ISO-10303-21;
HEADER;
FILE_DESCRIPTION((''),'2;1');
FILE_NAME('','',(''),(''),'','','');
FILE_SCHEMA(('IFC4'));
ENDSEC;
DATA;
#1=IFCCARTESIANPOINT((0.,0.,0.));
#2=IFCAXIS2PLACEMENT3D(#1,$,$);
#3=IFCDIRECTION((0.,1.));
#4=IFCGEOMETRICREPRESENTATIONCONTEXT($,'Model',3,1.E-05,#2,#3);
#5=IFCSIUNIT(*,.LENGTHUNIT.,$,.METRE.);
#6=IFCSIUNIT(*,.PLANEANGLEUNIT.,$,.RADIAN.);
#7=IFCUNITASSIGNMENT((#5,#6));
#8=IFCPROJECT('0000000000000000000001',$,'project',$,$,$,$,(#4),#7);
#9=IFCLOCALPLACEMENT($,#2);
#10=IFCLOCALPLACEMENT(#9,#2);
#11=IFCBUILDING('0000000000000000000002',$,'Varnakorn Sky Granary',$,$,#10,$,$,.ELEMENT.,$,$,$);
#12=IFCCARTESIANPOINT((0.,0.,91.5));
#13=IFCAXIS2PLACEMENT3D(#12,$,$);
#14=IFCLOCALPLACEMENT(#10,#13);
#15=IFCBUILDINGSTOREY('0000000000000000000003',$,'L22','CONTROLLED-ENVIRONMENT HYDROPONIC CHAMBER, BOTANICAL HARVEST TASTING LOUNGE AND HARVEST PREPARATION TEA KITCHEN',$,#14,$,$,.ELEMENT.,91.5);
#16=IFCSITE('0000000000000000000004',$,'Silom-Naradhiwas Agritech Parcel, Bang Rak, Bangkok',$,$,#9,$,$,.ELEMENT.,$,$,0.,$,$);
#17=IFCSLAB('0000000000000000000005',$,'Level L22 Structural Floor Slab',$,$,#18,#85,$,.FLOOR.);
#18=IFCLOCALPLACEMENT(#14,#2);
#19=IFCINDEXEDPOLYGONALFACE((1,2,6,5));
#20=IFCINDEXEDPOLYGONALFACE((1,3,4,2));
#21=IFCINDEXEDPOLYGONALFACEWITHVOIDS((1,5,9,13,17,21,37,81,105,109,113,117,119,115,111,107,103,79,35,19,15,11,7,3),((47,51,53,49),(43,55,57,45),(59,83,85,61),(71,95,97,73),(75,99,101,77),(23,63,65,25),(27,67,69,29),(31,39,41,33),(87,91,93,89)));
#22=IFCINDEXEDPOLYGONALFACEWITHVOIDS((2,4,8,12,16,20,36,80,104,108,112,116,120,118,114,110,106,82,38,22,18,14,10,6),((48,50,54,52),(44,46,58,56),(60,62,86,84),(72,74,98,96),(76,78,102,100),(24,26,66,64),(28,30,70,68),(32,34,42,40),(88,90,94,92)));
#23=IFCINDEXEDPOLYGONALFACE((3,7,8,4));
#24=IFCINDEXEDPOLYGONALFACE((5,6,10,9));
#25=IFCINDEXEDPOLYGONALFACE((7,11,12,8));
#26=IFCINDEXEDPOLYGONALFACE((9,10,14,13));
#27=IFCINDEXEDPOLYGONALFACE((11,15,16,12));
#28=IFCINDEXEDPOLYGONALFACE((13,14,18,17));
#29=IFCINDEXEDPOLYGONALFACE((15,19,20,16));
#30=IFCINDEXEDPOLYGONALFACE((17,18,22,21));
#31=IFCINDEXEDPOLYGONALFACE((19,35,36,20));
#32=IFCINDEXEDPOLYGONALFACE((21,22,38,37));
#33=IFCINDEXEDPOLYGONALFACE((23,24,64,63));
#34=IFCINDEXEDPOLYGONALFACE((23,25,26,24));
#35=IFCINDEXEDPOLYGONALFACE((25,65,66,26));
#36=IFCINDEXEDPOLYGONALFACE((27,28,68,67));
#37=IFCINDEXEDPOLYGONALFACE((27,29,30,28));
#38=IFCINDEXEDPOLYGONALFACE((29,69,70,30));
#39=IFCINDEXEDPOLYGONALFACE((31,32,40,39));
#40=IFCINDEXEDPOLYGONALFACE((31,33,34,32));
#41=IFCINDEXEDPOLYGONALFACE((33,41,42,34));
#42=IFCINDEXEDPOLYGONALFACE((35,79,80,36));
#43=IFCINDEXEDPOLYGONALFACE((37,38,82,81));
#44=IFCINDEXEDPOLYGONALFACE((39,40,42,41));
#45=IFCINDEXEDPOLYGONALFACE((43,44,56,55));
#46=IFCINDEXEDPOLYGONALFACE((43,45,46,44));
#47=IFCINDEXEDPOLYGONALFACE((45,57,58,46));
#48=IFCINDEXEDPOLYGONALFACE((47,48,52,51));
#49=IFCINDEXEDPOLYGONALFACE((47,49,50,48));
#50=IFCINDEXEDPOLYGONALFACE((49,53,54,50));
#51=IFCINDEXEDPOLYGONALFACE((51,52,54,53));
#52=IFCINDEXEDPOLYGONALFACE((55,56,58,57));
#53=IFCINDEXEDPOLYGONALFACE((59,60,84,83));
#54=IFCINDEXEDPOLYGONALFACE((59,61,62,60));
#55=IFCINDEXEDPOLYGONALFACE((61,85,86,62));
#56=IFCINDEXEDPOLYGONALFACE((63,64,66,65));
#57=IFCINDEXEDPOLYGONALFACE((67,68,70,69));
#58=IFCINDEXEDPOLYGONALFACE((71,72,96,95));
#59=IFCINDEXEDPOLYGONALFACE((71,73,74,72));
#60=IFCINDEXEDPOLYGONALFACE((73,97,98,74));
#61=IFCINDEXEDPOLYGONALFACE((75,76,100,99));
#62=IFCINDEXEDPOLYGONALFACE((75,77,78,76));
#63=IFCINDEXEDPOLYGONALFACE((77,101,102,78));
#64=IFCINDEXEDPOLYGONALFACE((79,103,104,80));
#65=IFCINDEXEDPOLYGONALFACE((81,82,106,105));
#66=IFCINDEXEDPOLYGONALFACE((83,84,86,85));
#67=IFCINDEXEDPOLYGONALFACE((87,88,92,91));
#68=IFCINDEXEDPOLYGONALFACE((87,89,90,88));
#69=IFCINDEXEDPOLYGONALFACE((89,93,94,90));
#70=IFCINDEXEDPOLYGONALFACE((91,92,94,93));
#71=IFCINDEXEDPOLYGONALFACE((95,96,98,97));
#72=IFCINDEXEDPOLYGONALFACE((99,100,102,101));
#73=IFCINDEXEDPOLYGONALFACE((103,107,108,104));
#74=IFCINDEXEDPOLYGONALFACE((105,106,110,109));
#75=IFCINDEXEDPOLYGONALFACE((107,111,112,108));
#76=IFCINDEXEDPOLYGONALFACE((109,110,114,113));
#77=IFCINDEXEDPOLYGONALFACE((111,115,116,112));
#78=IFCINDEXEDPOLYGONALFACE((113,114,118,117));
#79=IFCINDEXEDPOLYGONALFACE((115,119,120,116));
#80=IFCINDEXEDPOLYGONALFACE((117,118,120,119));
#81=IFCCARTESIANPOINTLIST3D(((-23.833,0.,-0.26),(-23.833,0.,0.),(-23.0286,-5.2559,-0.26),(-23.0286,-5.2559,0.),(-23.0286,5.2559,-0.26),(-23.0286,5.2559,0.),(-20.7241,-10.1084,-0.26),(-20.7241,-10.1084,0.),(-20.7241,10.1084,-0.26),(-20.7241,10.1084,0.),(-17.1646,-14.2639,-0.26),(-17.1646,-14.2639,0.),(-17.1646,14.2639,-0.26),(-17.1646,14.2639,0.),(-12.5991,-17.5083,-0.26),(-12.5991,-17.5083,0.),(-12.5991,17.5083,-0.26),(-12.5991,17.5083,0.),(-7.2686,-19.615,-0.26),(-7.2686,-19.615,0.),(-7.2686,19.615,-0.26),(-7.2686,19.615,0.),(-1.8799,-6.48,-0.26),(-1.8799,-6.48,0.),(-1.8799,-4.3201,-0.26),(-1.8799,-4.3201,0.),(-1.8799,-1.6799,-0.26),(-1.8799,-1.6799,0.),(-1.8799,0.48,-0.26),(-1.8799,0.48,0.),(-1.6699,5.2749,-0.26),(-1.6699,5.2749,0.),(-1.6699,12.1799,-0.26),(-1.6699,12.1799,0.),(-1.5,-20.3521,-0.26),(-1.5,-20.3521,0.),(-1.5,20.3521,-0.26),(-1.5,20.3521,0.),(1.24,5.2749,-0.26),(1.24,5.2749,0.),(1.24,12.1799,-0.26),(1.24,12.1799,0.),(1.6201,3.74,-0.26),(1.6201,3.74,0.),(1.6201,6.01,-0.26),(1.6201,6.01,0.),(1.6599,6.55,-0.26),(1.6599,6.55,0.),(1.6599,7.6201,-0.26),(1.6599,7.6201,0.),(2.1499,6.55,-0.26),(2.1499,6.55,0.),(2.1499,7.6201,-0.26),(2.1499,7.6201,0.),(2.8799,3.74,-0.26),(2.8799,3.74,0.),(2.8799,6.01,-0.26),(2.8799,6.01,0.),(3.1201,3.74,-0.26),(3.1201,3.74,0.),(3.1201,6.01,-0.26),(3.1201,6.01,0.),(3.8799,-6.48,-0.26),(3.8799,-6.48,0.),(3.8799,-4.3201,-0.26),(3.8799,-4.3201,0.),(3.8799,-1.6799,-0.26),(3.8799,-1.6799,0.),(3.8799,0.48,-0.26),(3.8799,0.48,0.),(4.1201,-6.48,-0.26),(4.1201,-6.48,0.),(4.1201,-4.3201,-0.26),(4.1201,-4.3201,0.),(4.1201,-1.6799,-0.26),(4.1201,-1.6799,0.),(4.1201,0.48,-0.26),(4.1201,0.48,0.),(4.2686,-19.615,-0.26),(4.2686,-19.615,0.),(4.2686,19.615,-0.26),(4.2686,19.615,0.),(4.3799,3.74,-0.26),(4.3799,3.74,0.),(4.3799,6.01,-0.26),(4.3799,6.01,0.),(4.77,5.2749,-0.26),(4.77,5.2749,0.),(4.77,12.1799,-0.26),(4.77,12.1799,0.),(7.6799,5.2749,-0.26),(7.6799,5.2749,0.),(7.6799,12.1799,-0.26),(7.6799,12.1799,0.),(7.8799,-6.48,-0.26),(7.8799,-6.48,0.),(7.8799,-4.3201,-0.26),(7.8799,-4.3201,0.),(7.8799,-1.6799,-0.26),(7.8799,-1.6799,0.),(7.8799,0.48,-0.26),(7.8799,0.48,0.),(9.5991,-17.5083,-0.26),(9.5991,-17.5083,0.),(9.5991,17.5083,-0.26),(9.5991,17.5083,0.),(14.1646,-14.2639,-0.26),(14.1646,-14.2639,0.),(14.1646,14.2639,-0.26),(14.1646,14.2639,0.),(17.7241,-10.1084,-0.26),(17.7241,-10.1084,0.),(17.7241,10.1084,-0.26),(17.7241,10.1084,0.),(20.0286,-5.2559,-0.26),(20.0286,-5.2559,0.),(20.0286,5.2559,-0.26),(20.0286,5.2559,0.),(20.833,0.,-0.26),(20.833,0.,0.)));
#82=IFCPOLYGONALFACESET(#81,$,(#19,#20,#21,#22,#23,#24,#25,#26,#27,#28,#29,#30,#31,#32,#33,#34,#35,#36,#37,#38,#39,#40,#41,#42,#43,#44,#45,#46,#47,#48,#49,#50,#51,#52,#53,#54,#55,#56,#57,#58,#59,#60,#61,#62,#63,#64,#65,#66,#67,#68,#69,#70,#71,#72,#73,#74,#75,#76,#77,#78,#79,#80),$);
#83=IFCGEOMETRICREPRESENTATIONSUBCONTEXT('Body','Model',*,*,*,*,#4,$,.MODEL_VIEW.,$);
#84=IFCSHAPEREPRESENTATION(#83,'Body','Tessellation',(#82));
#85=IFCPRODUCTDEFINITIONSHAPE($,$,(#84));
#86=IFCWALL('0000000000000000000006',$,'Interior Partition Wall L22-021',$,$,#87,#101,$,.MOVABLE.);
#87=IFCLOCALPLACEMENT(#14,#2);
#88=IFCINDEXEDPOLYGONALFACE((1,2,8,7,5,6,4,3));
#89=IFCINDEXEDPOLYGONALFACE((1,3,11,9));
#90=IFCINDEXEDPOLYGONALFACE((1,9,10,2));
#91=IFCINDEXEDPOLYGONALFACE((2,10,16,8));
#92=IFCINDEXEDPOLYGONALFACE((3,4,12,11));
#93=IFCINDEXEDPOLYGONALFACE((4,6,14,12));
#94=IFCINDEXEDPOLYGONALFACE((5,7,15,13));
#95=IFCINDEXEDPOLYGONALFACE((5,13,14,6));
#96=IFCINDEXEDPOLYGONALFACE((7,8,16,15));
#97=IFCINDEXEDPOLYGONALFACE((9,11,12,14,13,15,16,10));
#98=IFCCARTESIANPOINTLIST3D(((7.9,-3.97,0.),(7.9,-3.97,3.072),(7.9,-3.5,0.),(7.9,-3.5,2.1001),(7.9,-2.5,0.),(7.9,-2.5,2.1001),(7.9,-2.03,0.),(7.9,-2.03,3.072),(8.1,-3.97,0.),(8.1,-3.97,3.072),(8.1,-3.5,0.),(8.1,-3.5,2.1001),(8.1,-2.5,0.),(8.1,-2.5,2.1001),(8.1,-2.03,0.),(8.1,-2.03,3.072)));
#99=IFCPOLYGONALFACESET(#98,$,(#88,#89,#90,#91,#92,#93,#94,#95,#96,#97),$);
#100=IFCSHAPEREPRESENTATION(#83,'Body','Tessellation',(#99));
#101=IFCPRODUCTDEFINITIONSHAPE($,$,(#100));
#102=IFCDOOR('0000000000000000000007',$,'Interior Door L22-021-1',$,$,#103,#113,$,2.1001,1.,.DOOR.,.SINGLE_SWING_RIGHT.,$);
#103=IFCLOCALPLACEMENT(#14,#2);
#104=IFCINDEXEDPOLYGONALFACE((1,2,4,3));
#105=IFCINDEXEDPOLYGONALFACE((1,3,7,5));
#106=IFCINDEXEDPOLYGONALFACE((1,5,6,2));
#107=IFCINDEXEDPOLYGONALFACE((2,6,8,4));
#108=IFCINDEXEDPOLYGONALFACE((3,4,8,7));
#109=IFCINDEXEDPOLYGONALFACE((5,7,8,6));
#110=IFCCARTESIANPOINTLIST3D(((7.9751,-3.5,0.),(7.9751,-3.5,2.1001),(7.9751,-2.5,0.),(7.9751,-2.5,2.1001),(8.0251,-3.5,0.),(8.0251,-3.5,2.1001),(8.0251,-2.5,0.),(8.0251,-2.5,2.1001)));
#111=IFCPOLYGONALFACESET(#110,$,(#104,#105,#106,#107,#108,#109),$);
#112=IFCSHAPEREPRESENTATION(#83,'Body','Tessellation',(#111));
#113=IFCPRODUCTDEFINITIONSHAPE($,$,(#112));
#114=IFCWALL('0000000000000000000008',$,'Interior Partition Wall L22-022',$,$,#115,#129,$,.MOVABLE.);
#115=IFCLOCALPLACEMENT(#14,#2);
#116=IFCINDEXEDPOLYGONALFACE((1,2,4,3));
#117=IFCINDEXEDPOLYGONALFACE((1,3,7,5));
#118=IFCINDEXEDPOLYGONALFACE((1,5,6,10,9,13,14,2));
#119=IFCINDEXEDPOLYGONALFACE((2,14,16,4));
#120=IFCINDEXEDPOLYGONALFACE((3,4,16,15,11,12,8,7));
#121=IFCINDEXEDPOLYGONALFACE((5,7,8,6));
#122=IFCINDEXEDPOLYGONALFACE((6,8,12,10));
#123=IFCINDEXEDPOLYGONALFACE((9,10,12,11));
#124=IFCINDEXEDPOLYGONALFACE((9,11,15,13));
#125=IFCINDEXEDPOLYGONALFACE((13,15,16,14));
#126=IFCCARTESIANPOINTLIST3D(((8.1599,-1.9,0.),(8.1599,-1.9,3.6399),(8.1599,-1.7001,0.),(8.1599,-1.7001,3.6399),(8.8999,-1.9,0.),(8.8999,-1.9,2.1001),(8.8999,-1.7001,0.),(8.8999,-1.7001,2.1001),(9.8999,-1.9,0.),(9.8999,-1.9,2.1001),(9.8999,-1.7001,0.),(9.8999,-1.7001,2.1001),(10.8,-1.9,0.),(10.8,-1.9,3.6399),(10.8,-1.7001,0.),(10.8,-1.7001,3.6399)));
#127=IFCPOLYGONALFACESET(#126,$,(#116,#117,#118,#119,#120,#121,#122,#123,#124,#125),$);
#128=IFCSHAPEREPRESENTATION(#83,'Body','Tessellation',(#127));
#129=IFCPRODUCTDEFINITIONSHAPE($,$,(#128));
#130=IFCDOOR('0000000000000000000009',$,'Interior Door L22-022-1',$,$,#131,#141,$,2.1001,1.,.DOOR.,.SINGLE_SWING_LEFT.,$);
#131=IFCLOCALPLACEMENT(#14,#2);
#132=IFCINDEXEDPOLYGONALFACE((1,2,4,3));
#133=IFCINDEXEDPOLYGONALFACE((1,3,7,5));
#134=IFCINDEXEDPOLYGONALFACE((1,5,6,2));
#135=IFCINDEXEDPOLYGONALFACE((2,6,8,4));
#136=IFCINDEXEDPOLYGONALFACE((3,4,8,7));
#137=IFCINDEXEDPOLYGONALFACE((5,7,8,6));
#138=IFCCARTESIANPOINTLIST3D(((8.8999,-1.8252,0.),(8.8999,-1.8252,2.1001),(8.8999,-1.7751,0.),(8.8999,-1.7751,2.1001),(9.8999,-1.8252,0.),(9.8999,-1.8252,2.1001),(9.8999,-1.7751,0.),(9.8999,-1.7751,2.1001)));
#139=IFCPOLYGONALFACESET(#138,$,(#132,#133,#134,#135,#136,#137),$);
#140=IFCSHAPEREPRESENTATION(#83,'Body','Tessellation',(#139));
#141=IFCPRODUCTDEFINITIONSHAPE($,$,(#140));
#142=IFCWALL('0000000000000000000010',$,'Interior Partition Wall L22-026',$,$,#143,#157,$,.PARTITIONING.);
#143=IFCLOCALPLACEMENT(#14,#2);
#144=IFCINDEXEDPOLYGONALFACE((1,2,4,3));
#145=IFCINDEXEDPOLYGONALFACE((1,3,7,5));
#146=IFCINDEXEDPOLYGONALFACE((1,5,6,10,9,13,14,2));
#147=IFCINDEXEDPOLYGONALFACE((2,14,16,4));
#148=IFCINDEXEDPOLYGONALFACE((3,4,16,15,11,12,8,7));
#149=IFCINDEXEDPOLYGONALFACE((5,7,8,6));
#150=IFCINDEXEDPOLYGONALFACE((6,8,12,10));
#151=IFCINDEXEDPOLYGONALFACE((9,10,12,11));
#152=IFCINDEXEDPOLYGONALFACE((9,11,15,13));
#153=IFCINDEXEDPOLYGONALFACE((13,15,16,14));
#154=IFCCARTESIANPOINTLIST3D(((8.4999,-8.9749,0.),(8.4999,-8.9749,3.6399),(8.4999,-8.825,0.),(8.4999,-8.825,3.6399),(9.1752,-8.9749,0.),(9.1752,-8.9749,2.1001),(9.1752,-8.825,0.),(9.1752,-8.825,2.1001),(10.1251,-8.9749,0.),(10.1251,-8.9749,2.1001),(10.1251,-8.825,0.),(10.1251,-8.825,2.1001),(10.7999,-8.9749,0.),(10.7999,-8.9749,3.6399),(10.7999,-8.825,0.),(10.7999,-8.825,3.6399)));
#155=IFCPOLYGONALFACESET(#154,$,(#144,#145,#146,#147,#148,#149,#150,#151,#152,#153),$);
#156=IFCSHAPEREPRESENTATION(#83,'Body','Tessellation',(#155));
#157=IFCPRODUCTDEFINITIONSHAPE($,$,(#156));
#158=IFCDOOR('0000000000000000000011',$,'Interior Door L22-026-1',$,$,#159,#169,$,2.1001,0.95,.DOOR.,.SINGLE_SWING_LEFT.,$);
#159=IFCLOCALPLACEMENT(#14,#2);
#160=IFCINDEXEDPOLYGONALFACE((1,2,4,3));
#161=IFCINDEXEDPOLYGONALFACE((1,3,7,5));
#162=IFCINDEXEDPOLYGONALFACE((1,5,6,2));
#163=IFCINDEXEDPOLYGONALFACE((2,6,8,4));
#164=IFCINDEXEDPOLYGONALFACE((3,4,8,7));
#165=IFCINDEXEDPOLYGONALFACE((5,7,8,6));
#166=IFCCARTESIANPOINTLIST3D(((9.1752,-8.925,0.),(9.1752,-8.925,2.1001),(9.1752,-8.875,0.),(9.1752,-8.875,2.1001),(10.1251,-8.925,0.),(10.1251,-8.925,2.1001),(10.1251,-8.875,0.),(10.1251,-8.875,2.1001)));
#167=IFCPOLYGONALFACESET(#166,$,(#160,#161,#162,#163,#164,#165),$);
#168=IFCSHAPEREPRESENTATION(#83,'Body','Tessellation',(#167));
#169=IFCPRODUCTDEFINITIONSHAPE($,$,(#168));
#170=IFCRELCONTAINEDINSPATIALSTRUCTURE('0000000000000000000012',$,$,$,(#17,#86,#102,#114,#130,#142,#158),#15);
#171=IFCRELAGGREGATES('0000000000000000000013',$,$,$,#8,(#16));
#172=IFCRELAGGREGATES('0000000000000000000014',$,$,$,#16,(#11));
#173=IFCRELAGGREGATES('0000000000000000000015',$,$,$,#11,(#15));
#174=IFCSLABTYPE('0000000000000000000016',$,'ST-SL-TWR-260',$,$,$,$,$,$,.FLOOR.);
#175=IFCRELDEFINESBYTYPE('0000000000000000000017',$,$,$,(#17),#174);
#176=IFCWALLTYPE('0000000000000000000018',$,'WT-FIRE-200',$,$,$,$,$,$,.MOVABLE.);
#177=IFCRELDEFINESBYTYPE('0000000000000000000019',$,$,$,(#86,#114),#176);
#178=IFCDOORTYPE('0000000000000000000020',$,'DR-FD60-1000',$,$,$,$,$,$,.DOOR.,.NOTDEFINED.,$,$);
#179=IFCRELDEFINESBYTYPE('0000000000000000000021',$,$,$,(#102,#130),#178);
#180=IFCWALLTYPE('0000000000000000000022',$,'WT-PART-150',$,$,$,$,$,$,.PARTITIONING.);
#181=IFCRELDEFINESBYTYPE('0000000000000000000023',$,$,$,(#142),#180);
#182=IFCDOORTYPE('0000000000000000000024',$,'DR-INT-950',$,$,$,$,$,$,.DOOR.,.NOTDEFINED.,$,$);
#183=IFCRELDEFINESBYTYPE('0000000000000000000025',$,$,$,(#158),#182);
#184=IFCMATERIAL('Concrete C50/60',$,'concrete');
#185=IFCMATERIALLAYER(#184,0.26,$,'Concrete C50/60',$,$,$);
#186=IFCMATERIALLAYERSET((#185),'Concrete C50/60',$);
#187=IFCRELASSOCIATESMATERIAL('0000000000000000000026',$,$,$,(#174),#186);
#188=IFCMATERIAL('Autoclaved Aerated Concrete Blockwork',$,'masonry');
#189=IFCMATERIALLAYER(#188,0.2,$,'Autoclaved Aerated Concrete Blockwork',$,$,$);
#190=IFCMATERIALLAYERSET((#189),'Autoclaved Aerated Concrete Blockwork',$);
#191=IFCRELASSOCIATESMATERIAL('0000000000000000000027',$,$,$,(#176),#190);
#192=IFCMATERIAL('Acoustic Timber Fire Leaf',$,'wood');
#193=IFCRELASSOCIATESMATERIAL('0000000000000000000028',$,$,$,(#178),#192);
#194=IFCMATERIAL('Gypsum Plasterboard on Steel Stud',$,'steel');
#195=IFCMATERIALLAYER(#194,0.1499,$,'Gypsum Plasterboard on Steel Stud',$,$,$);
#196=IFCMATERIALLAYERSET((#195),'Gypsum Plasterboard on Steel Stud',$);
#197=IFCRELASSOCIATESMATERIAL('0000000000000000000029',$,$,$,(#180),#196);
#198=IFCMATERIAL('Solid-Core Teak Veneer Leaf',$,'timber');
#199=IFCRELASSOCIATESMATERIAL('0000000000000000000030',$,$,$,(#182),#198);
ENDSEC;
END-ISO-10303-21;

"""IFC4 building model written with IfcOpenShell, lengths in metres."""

from ifc_helpers import new_model, si_unit, direction, frame, frame_2d, origin, place, context, subcontext, project, spatial, polyline, rectangle, outline, extrude, material, layer, layer_set, type_object, element, fill, save


model = new_model("IFC4")

# Units and contexts
model_context = context("Model", 3, precision=1e-05, world=origin(), true_north=direction((0.0, 1.0)))
body_context = subcontext(model_context, "Body", "Model", "MODEL_VIEW")
ifc_project = project(units=[si_unit("LENGTHUNIT", "METRE"), si_unit("PLANEANGLEUNIT", "RADIAN")], contexts=[model_context])

# Site, building, storey
site_placement = place(None, origin())
site = spatial("IfcSite", under=ifc_project, at=site_placement, Name="Silom-Naradhiwas Agritech Parcel, Bang Rak, Bangkok", CompositionType="ELEMENT", RefElevation=0.0)
building_placement = place(site_placement, origin())
building = spatial("IfcBuilding", under=site, at=building_placement, Name="Varnakorn Sky Granary", CompositionType="ELEMENT")
storey_placement = place(building_placement, frame((0.0, 0.0, 91.5)))
storey = spatial("IfcBuildingStorey", under=building, at=storey_placement, Name="L22", Description="CONTROLLED-ENVIRONMENT HYDROPONIC CHAMBER, BOTANICAL HARVEST TASTING LOUNGE AND HARVEST PREPARATION TEA KITCHEN", CompositionType="ELEMENT", Elevation=91.5)

# Slab
ifc_material_1 = material(Name="Concrete C50/60", Category="concrete")
ifc_layer_1 = layer(ifc_material_1, 0.26, Name="Concrete C50/60")
ifc_layer_set_1 = layer_set([ifc_layer_1], Name="Concrete C50/60")
slab_type_1 = type_object("IfcSlabType", Name="ST-SL-TWR-260", PredefinedType="FLOOR", material=ifc_layer_set_1)
slab_1_placement = place(storey_placement, frame((0.0, 0.0, -0.26)))
element("IfcSlab", 1, at=slab_1_placement, inside=storey, type_object=slab_type_1, Name="Level L22 Structural Floor Slab", PredefinedType="FLOOR", context=body_context, shape_type="SweptSolid", body=[
    extrude(outline(polyline([(20.833, 0.0), (20.0286, 5.2559), (17.7241, 10.1084), (14.1646, 14.2639), (9.5991, 17.5083), (4.2686, 19.615), (-1.5, 20.3521), (-7.2686, 19.615), (-12.5991, 17.5083), (-17.1646, 14.2639), (-20.7241, 10.1084), (-23.0286, 5.2559), (-23.833, 0.0), (-23.0286, -5.2559), (-20.7241, -10.1084), (-17.1646, -14.2639), (-12.5991, -17.5083), (-7.2686, -19.615), (-1.5, -20.3521), (4.2686, -19.615), (9.5991, -17.5083), (14.1646, -14.2639), (17.7241, -10.1084), (20.0286, -5.2559), (20.833, 0.0)]), holes=[polyline([(1.24, 5.2749), (1.24, 12.1799), (-1.6699, 12.1799), (-1.6699, 5.2749), (1.24, 5.2749)]), polyline([(7.6799, 5.2749), (7.6799, 12.1799), (4.77, 12.1799), (4.77, 5.2749), (7.6799, 5.2749)]), polyline([(1.6599, 6.55), (2.1499, 6.55), (2.1499, 7.6201), (1.6599, 7.6201), (1.6599, 6.55)]), polyline([(1.6201, 3.74), (2.8799, 3.74), (2.8799, 6.01), (1.6201, 6.01), (1.6201, 3.74)]), polyline([(3.1201, 3.74), (4.3799, 3.74), (4.3799, 6.01), (3.1201, 6.01), (3.1201, 3.74)]), polyline([(-1.8799, -1.6799), (3.8799, -1.6799), (3.8799, 0.48), (-1.8799, 0.48), (-1.8799, -1.6799)]), polyline([(4.1201, -1.6799), (7.8799, -1.6799), (7.8799, 0.48), (4.1201, 0.48), (4.1201, -1.6799)]), polyline([(-1.8799, -6.48), (3.8799, -6.48), (3.8799, -4.3201), (-1.8799, -4.3201), (-1.8799, -6.48)]), polyline([(4.1201, -6.48), (7.8799, -6.48), (7.8799, -4.3201), (4.1201, -4.3201), (4.1201, -6.48)])]), origin(), (0.0, 0.0, 1.0), 0.26),
])

# Walls, openings, doors
ifc_material_2 = material(Name="Autoclaved Aerated Concrete Blockwork", Category="masonry")
ifc_layer_2 = layer(ifc_material_2, 0.2, Name="Autoclaved Aerated Concrete Blockwork")
ifc_layer_set_2 = layer_set([ifc_layer_2], Name="Autoclaved Aerated Concrete Blockwork")
wall_type_1 = type_object("IfcWallType", Name="WT-FIRE-200", PredefinedType="MOVABLE", material=ifc_layer_set_2)
wall_1_placement = place(storey_placement, frame((8.0, -3.97, 0.0), z_axis=(0.0, 0.0, 1.0), x_axis=(0.0, 1.0, 0.0)))
wall_1 = element("IfcWall", 2, at=wall_1_placement, inside=storey, type_object=wall_type_1, Name="Interior Partition Wall L22-021", PredefinedType="MOVABLE", context=body_context, shape_type="SweptSolid", body=[
    extrude(rectangle(XDim=1.9399, YDim=0.2, at=frame_2d((0.97, 0.0))), origin(), (0.0, 0.0, 1.0), 3.072),
])
opening_1_placement = place(wall_1_placement, frame((0.47, 0.0, 0.0)))
opening_1 = element("IfcOpeningElement", 3, at=opening_1_placement, cuts=wall_1, PredefinedType="OPENING", context=body_context, shape_type="SweptSolid", body=[
    extrude(rectangle(XDim=1.0, YDim=2.1001, at=frame_2d((0.5, 1.05))), frame((0.0, 0.1099, 0.0), z_axis=(0.0, -1.0, 0.0), x_axis=(1.0, 0.0, 0.0)), (0.0, 0.0, 1.0), 0.22),
])
ifc_material_3 = material(Name="Acoustic Timber Fire Leaf", Category="wood")
door_type_1 = type_object("IfcDoorType", Name="DR-FD60-1000", OperationType="NOTDEFINED", PredefinedType="DOOR", material=ifc_material_3)
door_1_placement = place(opening_1_placement, origin())
door_1 = element("IfcDoor", 4, at=door_1_placement, inside=storey, type_object=door_type_1, Name="Interior Door L22-021-1", OperationType="SINGLE_SWING_RIGHT", OverallHeight=2.1001, OverallWidth=1.0, PredefinedType="DOOR", context=body_context, shape_type="SweptSolid", body=[
    extrude(rectangle(XDim=1.0, YDim=2.1001, at=frame_2d((0.5, 1.05))), frame((0.0, 0.0249, 0.0), z_axis=(0.0, -1.0, 0.0), x_axis=(1.0, 0.0, 0.0)), (0.0, 0.0, 1.0), 0.05),
])
fill(opening_1, door_1)
wall_2_placement = place(storey_placement, frame((8.1599, -1.8, 0.0), z_axis=(0.0, 0.0, 1.0), x_axis=(1.0, 0.0, 0.0)))
wall_2 = element("IfcWall", 5, at=wall_2_placement, inside=storey, type_object=wall_type_1, Name="Interior Partition Wall L22-022", PredefinedType="MOVABLE", context=body_context, shape_type="SweptSolid", body=[
    extrude(rectangle(XDim=2.6401, YDim=0.2, at=frame_2d((1.3201, 0.0))), origin(), (0.0, 0.0, 1.0), 3.6399),
])
opening_2_placement = place(wall_2_placement, frame((0.74, 0.0, 0.0)))
opening_2 = element("IfcOpeningElement", 6, at=opening_2_placement, cuts=wall_2, PredefinedType="OPENING", context=body_context, shape_type="SweptSolid", body=[
    extrude(rectangle(XDim=1.0, YDim=2.1001, at=frame_2d((0.5, 1.05))), frame((0.0, 0.1099, 0.0), z_axis=(0.0, -1.0, 0.0), x_axis=(1.0, 0.0, 0.0)), (0.0, 0.0, 1.0), 0.22),
])
door_2_placement = place(opening_2_placement, origin())
door_2 = element("IfcDoor", 7, at=door_2_placement, inside=storey, type_object=door_type_1, Name="Interior Door L22-022-1", OperationType="SINGLE_SWING_LEFT", OverallHeight=2.1001, OverallWidth=1.0, PredefinedType="DOOR", context=body_context, shape_type="SweptSolid", body=[
    extrude(rectangle(XDim=1.0, YDim=2.1001, at=frame_2d((0.5, 1.05))), frame((0.0, 0.0249, 0.0), z_axis=(0.0, -1.0, 0.0), x_axis=(1.0, 0.0, 0.0)), (0.0, 0.0, 1.0), 0.05),
])
fill(opening_2, door_2)
ifc_material_4 = material(Name="Gypsum Plasterboard on Steel Stud", Category="steel")
ifc_layer_3 = layer(ifc_material_4, 0.1499, Name="Gypsum Plasterboard on Steel Stud")
ifc_layer_set_3 = layer_set([ifc_layer_3], Name="Gypsum Plasterboard on Steel Stud")
wall_type_2 = type_object("IfcWallType", Name="WT-PART-150", PredefinedType="PARTITIONING", material=ifc_layer_set_3)
wall_3_placement = place(storey_placement, frame((8.5, -8.8999, 0.0), z_axis=(0.0, 0.0, 1.0), x_axis=(1.0, 0.0, 0.0)))
wall_3 = element("IfcWall", 8, at=wall_3_placement, inside=storey, type_object=wall_type_2, Name="Interior Partition Wall L22-026", PredefinedType="PARTITIONING", context=body_context, shape_type="SweptSolid", body=[
    extrude(rectangle(XDim=2.3, YDim=0.1499, at=frame_2d((1.1499, 0.0))), origin(), (0.0, 0.0, 1.0), 3.6399),
])
opening_3_placement = place(wall_3_placement, frame((0.675, 0.0, 0.0)))
opening_3 = element("IfcOpeningElement", 9, at=opening_3_placement, cuts=wall_3, PredefinedType="OPENING", context=body_context, shape_type="SweptSolid", body=[
    extrude(rectangle(XDim=0.95, YDim=2.1001, at=frame_2d((0.4751, 1.05))), frame((0.0, 0.085, 0.0), z_axis=(0.0, -1.0, 0.0), x_axis=(1.0, 0.0, 0.0)), (0.0, 0.0, 1.0), 0.1699),
])
ifc_material_5 = material(Name="Solid-Core Teak Veneer Leaf", Category="timber")
door_type_2 = type_object("IfcDoorType", Name="DR-INT-950", OperationType="NOTDEFINED", PredefinedType="DOOR", material=ifc_material_5)
door_3_placement = place(opening_3_placement, origin())
door_3 = element("IfcDoor", 10, at=door_3_placement, inside=storey, type_object=door_type_2, Name="Interior Door L22-026-1", OperationType="SINGLE_SWING_LEFT", OverallHeight=2.1001, OverallWidth=0.95, PredefinedType="DOOR", context=body_context, shape_type="SweptSolid", body=[
    extrude(rectangle(XDim=0.95, YDim=2.1001, at=frame_2d((0.4751, 1.05))), frame((0.0, 0.0249, 0.0), z_axis=(0.0, -1.0, 0.0), x_axis=(1.0, 0.0, 0.0)), (0.0, 0.0, 1.0), 0.05),
])
fill(opening_3, door_3)

save(model, "model.ifc")
